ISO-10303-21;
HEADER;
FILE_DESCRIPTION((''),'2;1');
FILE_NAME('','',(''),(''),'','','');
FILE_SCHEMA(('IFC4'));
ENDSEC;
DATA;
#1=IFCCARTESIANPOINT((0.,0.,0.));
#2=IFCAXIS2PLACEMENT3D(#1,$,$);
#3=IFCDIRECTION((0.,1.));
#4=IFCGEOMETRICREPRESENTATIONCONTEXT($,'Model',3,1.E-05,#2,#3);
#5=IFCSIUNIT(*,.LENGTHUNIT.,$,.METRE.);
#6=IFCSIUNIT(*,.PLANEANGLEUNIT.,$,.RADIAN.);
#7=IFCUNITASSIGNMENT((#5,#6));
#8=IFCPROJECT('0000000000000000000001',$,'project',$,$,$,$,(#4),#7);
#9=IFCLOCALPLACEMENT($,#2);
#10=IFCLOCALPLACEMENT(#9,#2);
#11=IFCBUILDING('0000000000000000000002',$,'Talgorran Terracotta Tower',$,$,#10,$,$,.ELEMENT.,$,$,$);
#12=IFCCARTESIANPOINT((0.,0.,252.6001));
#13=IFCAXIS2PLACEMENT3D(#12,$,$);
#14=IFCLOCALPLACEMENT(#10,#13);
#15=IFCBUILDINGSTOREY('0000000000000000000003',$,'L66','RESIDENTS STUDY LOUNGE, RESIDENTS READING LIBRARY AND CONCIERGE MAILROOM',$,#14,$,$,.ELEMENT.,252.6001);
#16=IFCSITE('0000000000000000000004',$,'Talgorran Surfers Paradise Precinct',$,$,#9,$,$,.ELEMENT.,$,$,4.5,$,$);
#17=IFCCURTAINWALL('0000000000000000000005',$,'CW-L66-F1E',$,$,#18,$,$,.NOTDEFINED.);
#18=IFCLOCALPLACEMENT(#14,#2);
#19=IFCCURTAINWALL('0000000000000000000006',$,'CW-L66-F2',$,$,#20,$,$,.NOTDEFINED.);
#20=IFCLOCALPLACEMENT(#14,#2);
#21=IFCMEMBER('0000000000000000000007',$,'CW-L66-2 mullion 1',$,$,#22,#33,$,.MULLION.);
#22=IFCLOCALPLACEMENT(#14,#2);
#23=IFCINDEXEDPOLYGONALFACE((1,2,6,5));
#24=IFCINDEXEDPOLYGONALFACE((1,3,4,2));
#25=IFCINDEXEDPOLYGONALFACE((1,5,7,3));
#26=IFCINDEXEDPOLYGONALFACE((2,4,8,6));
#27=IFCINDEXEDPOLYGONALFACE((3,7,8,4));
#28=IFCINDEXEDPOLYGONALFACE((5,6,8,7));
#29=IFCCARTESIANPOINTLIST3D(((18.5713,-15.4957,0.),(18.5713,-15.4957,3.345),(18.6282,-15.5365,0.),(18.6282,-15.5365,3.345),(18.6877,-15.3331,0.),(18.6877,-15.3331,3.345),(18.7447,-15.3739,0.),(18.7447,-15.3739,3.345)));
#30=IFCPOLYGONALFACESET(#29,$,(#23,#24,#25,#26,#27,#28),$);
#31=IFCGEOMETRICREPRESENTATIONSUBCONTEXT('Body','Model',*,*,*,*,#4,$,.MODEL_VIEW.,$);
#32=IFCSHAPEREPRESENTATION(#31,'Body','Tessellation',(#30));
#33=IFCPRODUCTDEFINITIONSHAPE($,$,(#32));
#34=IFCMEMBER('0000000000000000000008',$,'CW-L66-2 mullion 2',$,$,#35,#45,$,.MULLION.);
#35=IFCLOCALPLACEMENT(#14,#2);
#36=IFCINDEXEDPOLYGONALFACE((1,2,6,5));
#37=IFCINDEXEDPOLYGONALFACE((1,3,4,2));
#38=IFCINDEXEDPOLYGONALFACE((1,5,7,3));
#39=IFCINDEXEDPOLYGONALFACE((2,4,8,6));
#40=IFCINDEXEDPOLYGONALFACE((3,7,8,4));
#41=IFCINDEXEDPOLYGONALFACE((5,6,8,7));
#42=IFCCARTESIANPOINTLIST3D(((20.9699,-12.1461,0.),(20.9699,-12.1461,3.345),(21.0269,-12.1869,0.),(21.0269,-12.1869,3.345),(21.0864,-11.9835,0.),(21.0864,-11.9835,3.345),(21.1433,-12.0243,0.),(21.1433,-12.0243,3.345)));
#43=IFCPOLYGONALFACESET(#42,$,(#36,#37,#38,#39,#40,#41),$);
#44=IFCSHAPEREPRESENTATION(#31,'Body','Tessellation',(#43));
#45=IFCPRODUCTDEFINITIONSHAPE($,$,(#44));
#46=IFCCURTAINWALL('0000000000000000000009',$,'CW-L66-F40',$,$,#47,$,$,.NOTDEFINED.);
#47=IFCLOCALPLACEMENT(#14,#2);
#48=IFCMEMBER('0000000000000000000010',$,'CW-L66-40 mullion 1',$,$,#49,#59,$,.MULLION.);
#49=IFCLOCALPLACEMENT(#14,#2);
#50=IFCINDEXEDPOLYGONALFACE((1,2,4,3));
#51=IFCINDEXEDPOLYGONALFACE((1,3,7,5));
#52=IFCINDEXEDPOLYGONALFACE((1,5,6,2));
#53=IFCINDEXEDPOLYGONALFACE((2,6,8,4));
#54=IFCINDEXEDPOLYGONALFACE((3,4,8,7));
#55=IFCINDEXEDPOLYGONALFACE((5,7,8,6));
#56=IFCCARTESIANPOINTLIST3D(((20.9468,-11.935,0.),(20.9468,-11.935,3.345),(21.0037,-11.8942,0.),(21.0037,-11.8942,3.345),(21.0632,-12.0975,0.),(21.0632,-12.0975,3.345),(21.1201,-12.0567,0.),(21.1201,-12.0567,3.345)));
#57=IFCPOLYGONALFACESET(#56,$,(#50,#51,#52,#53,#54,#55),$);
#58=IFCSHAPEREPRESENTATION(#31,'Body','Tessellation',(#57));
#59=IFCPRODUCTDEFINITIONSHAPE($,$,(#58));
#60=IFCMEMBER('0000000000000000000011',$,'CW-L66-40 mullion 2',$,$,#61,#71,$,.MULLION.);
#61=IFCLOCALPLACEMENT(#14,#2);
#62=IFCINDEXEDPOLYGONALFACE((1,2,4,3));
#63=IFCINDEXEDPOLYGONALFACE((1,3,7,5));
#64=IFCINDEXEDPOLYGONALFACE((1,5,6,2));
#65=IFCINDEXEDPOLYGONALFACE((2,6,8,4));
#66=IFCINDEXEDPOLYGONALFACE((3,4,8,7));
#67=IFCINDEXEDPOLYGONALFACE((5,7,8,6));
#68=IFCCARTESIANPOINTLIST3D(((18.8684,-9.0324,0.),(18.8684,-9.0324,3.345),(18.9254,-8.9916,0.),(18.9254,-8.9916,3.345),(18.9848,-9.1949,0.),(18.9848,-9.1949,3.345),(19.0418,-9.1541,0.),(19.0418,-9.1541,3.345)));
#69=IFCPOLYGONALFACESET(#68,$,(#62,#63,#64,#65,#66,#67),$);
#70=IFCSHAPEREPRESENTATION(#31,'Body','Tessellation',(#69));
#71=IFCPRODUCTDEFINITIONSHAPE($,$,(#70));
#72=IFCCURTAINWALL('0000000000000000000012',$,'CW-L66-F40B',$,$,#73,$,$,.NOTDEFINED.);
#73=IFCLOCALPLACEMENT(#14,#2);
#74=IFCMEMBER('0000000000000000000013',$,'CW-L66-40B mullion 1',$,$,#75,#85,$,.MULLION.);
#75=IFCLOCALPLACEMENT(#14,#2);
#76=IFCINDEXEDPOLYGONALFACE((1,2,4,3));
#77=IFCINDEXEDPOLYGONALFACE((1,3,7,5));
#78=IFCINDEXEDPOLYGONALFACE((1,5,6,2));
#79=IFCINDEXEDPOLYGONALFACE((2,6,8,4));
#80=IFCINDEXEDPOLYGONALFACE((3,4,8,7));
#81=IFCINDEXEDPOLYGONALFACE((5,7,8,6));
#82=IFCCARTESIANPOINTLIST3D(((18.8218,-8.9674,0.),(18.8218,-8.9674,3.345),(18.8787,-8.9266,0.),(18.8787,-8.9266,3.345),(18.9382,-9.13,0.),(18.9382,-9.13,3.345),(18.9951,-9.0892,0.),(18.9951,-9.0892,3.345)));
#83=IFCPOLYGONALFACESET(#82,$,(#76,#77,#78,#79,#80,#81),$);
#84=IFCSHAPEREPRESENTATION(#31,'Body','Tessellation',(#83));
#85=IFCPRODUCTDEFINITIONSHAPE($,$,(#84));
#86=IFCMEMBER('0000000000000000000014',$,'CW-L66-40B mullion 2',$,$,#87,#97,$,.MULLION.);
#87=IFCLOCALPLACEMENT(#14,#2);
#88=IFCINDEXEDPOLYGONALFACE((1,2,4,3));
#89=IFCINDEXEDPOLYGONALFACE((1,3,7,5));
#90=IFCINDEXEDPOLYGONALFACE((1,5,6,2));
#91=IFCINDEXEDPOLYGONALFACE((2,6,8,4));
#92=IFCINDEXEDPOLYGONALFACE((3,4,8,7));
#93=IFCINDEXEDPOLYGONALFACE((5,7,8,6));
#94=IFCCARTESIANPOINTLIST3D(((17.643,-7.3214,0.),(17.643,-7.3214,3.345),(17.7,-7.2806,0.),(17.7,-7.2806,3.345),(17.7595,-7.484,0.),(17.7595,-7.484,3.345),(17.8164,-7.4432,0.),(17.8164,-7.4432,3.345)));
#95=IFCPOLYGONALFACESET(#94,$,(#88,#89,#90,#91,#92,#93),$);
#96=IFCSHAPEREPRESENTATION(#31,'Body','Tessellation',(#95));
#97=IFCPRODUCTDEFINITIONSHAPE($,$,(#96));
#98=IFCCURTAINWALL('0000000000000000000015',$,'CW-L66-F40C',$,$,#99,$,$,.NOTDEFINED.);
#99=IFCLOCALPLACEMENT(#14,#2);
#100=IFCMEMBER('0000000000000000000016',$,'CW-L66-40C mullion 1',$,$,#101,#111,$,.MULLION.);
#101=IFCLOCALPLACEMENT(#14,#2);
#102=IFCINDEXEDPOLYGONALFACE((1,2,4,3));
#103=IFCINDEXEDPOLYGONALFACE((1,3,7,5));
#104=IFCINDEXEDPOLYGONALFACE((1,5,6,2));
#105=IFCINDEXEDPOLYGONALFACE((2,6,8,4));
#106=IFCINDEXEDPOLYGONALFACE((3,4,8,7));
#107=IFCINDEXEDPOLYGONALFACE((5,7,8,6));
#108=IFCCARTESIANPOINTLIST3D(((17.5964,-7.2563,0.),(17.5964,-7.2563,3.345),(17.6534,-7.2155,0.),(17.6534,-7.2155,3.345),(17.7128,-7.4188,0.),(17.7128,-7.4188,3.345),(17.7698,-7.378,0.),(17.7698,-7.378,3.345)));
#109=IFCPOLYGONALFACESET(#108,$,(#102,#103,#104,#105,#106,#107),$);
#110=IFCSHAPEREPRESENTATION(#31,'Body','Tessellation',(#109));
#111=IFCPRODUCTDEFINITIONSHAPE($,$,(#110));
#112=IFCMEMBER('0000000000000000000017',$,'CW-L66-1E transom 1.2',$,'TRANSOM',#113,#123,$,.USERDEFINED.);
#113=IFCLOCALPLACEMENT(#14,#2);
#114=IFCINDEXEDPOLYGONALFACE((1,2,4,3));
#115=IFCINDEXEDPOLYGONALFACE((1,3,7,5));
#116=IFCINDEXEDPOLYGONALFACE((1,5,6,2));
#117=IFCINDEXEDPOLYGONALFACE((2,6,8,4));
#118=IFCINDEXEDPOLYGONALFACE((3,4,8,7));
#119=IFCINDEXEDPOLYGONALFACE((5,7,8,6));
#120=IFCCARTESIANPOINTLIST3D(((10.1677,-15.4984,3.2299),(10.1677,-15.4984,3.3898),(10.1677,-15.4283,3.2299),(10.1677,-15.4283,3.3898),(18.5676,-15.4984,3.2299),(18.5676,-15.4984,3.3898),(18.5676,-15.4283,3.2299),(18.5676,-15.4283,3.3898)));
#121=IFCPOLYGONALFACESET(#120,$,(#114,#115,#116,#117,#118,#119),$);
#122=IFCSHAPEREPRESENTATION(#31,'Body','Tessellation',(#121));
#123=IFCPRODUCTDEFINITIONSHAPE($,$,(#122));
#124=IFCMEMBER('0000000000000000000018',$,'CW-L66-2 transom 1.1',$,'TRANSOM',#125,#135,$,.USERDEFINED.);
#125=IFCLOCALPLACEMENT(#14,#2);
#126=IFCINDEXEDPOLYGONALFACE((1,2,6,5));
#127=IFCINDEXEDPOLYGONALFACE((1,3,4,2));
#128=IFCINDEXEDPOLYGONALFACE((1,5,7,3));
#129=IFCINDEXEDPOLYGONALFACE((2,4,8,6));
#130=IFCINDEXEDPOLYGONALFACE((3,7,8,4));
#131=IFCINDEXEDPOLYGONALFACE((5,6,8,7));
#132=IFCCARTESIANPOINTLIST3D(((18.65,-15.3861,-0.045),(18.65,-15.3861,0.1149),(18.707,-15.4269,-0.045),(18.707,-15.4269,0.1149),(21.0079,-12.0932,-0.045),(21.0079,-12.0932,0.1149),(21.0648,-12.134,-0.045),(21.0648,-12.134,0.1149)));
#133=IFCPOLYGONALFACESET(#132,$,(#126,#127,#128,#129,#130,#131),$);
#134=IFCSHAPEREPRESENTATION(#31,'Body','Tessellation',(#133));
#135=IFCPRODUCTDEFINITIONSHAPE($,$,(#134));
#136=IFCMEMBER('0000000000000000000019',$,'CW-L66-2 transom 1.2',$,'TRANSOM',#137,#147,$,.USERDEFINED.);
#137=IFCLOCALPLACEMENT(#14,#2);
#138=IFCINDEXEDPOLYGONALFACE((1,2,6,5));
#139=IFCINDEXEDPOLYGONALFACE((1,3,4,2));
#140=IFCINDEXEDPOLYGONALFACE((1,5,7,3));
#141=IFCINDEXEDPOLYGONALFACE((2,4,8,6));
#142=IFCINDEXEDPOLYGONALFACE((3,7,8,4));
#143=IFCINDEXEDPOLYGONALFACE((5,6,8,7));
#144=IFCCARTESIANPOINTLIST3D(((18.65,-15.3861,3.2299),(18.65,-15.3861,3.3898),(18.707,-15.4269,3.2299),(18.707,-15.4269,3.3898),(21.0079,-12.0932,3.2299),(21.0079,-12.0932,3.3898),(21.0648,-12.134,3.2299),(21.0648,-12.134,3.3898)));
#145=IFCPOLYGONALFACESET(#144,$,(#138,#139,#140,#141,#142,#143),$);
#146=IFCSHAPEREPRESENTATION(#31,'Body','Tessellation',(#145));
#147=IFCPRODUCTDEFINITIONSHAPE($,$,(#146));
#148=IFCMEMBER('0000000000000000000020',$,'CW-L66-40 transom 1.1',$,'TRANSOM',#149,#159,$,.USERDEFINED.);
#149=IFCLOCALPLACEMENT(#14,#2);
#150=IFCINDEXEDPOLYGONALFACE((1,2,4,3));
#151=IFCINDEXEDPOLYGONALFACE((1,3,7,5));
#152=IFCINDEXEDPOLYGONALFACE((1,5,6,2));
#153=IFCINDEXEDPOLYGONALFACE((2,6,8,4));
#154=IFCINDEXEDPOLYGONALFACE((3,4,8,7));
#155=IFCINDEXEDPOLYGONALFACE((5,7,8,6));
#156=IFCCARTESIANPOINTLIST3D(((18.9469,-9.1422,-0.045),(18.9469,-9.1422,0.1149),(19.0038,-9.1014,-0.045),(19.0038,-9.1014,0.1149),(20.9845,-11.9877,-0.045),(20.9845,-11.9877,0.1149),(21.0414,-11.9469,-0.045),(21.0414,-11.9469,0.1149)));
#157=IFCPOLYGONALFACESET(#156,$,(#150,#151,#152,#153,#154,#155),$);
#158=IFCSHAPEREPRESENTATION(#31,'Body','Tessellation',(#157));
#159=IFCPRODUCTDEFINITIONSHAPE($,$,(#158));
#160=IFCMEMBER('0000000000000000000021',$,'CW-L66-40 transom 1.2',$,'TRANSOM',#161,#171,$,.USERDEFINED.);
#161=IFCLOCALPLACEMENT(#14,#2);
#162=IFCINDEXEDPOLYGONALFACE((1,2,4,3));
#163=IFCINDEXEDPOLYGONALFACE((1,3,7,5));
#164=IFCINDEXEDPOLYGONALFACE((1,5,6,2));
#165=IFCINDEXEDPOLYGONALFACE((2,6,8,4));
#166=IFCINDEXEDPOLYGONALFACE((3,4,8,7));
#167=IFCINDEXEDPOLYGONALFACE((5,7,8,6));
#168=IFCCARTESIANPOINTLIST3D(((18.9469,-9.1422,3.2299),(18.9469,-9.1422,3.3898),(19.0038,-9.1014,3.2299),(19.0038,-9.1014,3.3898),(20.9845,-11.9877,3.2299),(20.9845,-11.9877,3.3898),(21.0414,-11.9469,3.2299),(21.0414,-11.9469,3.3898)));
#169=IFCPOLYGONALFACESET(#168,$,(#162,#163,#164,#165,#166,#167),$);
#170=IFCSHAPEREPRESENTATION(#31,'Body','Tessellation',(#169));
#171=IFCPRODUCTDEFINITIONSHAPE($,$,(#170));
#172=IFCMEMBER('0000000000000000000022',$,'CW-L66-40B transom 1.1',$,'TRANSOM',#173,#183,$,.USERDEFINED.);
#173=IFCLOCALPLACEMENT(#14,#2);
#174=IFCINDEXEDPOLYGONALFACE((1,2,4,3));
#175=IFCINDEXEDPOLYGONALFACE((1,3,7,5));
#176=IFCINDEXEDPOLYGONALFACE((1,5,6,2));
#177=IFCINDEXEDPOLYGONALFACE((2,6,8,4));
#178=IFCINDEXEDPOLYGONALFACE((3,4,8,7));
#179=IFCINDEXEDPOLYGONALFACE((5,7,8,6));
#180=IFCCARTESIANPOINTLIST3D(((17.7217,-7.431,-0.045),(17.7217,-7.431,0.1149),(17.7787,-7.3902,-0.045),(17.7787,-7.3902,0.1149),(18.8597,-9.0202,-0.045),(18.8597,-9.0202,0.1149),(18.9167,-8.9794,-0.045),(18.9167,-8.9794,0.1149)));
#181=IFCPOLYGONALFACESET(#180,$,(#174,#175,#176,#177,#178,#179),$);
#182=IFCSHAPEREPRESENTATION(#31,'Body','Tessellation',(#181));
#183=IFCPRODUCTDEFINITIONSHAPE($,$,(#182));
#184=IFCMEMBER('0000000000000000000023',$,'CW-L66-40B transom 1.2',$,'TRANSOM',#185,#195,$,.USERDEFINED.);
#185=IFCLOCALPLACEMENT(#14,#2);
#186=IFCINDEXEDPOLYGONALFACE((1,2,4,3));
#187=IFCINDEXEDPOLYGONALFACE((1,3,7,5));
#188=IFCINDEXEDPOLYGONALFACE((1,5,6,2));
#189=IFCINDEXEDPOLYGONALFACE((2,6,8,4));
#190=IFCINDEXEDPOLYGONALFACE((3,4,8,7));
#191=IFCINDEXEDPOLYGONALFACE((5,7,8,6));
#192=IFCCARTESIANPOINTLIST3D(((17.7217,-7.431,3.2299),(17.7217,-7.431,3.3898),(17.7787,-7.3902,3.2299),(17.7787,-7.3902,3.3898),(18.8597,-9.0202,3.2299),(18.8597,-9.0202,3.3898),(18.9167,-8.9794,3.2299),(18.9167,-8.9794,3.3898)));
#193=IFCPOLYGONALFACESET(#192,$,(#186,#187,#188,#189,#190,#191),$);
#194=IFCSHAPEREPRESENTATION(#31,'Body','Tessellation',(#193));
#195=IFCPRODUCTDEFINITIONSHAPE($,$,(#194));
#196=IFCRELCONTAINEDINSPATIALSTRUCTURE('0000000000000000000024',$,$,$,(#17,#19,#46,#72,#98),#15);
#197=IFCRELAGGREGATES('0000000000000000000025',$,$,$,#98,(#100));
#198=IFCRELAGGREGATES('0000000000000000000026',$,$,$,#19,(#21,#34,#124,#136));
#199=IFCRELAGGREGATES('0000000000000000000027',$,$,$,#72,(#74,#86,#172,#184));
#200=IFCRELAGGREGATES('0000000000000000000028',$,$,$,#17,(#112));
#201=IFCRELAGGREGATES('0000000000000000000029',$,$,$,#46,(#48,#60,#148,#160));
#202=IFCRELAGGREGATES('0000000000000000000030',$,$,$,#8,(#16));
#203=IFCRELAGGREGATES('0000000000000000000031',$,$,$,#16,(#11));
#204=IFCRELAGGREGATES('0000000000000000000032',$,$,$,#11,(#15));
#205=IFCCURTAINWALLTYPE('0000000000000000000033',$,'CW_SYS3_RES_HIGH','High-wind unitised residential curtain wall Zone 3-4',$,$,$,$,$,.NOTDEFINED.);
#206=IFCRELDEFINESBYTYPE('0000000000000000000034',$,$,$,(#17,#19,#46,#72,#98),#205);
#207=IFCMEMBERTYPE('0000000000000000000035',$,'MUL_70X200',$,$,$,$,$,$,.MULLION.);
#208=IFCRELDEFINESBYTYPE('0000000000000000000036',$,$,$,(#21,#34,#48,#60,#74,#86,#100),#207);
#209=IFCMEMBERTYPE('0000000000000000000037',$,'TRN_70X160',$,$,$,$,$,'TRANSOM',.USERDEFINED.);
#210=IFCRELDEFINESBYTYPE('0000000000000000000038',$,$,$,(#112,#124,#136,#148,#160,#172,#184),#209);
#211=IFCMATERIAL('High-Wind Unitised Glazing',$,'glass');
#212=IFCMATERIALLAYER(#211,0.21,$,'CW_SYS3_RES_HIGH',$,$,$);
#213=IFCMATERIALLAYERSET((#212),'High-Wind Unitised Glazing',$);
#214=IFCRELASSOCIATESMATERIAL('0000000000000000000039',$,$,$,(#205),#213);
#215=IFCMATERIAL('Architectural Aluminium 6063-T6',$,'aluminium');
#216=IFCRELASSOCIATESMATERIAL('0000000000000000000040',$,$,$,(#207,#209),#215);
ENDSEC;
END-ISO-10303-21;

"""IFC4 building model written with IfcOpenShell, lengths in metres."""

from ifc_helpers import new_model, si_unit, direction, frame, origin, origin_2d, place, context, subcontext, project, spatial, rectangle, extrude, material, layer, layer_set, material_profile, profile_set, type_object, element, aggregate, save


model = new_model("IFC4")

# Units and contexts
model_context = context("Model", 3, precision=1e-05, world=origin(), true_north=direction((0.0, 1.0)))
body_context = subcontext(model_context, "Body", "Model", "MODEL_VIEW")
ifc_project = project(units=[si_unit("LENGTHUNIT", "METRE"), si_unit("PLANEANGLEUNIT", "RADIAN")], contexts=[model_context])

# Site, building, storey
site_placement = place(None, origin())
site = spatial("IfcSite", under=ifc_project, at=site_placement, Name="Talgorran Surfers Paradise Precinct", CompositionType="ELEMENT", RefElevation=4.5)
building_placement = place(site_placement, origin())
building = spatial("IfcBuilding", under=site, at=building_placement, Name="Talgorran Terracotta Tower", CompositionType="ELEMENT")
storey_placement = place(building_placement, frame((0.0, 0.0, 252.6001)))
storey = spatial("IfcBuildingStorey", under=building, at=storey_placement, Name="L66", Description="RESIDENTS STUDY LOUNGE, RESIDENTS READING LIBRARY AND CONCIERGE MAILROOM", CompositionType="ELEMENT", Elevation=252.6001)

# Curtain wall
ifc_material_1 = material(Name="High-Wind Unitised Glazing", Category="glass")
ifc_layer_1 = layer(ifc_material_1, 0.21, Name="CW_SYS3_RES_HIGH")
ifc_layer_set_1 = layer_set([ifc_layer_1], Name="High-Wind Unitised Glazing")
curtain_wall_type = type_object("IfcCurtainWallType", Name="CW_SYS3_RES_HIGH", Description="High-wind unitised residential curtain wall Zone 3-4", PredefinedType="NOTDEFINED", material=ifc_layer_set_1)
curtain_wall_1_placement = place(storey_placement, origin())
curtain_wall_1 = element("IfcCurtainWall", 1, at=curtain_wall_1_placement, inside=storey, type_object=curtain_wall_type, Name="CW-L66-F1E", PredefinedType="NOTDEFINED")
ifc_material_2 = material(Name="Architectural Aluminium 6063-T6", Category="aluminium")
ifc_material_profile_1 = material_profile(ifc_material_2, rectangle(XDim=0.0701, YDim=0.2, at=origin_2d()), Name="CWM70X200")
ifc_profile_set_1 = profile_set([ifc_material_profile_1], Name="Architectural Aluminium 6063-T6")
member_type_1 = type_object("IfcMemberType", Name="MUL_70X200", PredefinedType="MULLION", material=ifc_profile_set_1)

# Curtain walls, members
curtain_wall_2_placement = place(storey_placement, origin())
curtain_wall_2 = element("IfcCurtainWall", 2, at=curtain_wall_2_placement, inside=storey, type_object=curtain_wall_type, Name="CW-L66-F2", PredefinedType="NOTDEFINED")
member_1_placement = place(storey_placement, frame((18.658, -15.4348, 0.0), z_axis=(0.0, 0.0, 1.0), x_axis=(-0.813031, 0.58222, 0.0)))
member_1 = element("IfcMember", 3, at=member_1_placement, type_object=member_type_1, Name="CW-L66-2 mullion 1", PredefinedType="MULLION", context=body_context, shape_type="SweptSolid", body=[
    extrude(rectangle(XDim=0.0701, YDim=0.2, at=origin_2d()), origin(), (0.0, 0.0, 1.0), 3.345),
])
member_2_placement = place(storey_placement, frame((21.0566, -12.0852, 0.0), z_axis=(0.0, 0.0, 1.0), x_axis=(-0.813031, 0.58222, 0.0)))
member_2 = element("IfcMember", 4, at=member_2_placement, type_object=member_type_1, Name="CW-L66-2 mullion 2", PredefinedType="MULLION", context=body_context, shape_type="SweptSolid", body=[
    extrude(rectangle(XDim=0.0701, YDim=0.2, at=origin_2d()), origin(), (0.0, 0.0, 1.0), 3.345),
])
curtain_wall_3_placement = place(storey_placement, origin())
curtain_wall_3 = element("IfcCurtainWall", 5, at=curtain_wall_3_placement, inside=storey, type_object=curtain_wall_type, Name="CW-L66-F40", PredefinedType="NOTDEFINED")
member_3_placement = place(storey_placement, frame((21.0334, -11.9958, 0.0), z_axis=(0.0, 0.0, 1.0), x_axis=(-0.813042, -0.582205, 0.0)))
member_3 = element("IfcMember", 6, at=member_3_placement, type_object=member_type_1, Name="CW-L66-40 mullion 1", PredefinedType="MULLION", context=body_context, shape_type="SweptSolid", body=[
    extrude(rectangle(XDim=0.0701, YDim=0.2, at=origin_2d()), origin(), (0.0, 0.0, 1.0), 3.345),
])
member_4_placement = place(storey_placement, frame((18.9551, -9.0933, 0.0), z_axis=(0.0, 0.0, 1.0), x_axis=(-0.813042, -0.582205, 0.0)))
member_4 = element("IfcMember", 7, at=member_4_placement, type_object=member_type_1, Name="CW-L66-40 mullion 2", PredefinedType="MULLION", context=body_context, shape_type="SweptSolid", body=[
    extrude(rectangle(XDim=0.0701, YDim=0.2, at=origin_2d()), origin(), (0.0, 0.0, 1.0), 3.345),
])
curtain_wall_4_placement = place(storey_placement, origin())
curtain_wall_4 = element("IfcCurtainWall", 8, at=curtain_wall_4_placement, inside=storey, type_object=curtain_wall_type, Name="CW-L66-F40B", PredefinedType="NOTDEFINED")
member_5_placement = place(storey_placement, frame((18.9084, -9.0283, 0.0), z_axis=(0.0, 0.0, 1.0), x_axis=(-0.813023, -0.582231, 0.0)))
member_5 = element("IfcMember", 9, at=member_5_placement, type_object=member_type_1, Name="CW-L66-40B mullion 1", PredefinedType="MULLION", context=body_context, shape_type="SweptSolid", body=[
    extrude(rectangle(XDim=0.0701, YDim=0.2, at=origin_2d()), origin(), (0.0, 0.0, 1.0), 3.345),
])
member_6_placement = place(storey_placement, frame((17.7297, -7.3823, 0.0), z_axis=(0.0, 0.0, 1.0), x_axis=(-0.813023, -0.582231, 0.0)))
member_6 = element("IfcMember", 10, at=member_6_placement, type_object=member_type_1, Name="CW-L66-40B mullion 2", PredefinedType="MULLION", context=body_context, shape_type="SweptSolid", body=[
    extrude(rectangle(XDim=0.0701, YDim=0.2, at=origin_2d()), origin(), (0.0, 0.0, 1.0), 3.345),
])

# Curtain wall, member
curtain_wall_5_placement = place(storey_placement, origin())
curtain_wall_5 = element("IfcCurtainWall", 11, at=curtain_wall_5_placement, inside=storey, type_object=curtain_wall_type, Name="CW-L66-F40C", PredefinedType="NOTDEFINED")
member_7_placement = place(storey_placement, frame((17.6831, -7.3171, 0.0), z_axis=(0.0, 0.0, 1.0), x_axis=(-0.813043, -0.582203, 0.0)))
member_7 = element("IfcMember", 12, at=member_7_placement, type_object=member_type_1, Name="CW-L66-40C mullion 1", PredefinedType="MULLION", context=body_context, shape_type="SweptSolid", body=[
    extrude(rectangle(XDim=0.0701, YDim=0.2, at=origin_2d()), origin(), (0.0, 0.0, 1.0), 3.345),
])
aggregate(curtain_wall_5, [member_7])

# Members
ifc_material_profile_2 = material_profile(ifc_material_2, rectangle(XDim=0.0701, YDim=0.1599, at=origin_2d()), Name="CWT70X160")
ifc_profile_set_2 = profile_set([ifc_material_profile_2], Name="Architectural Aluminium 6063-T6")
member_type_2 = type_object("IfcMemberType", Name="TRN_70X160", ElementType="TRANSOM", PredefinedType="USERDEFINED", material=ifc_profile_set_2)
member_8_placement = place(storey_placement, frame((10.1677, -15.4634, 3.3098), z_axis=(1.0, 0.0, 0.0), x_axis=(0.0, 1.0, 0.0)))
member_8 = element("IfcMember", 13, at=member_8_placement, type_object=member_type_2, Name="CW-L66-1E transom 1.2", ObjectType="TRANSOM", PredefinedType="USERDEFINED", context=body_context, shape_type="SweptSolid", body=[
    extrude(rectangle(XDim=0.0701, YDim=0.1599, at=origin_2d()), origin(), (0.0, 0.0, 1.0), 8.3999),
])
member_9_placement = place(storey_placement, frame((18.6785, -15.4065, 0.0349), z_axis=(0.582184, 0.813057, 0.0), x_axis=(-0.813057, 0.582184, 0.0)))
member_9 = element("IfcMember", 14, at=member_9_placement, type_object=member_type_2, Name="CW-L66-2 transom 1.1", ObjectType="TRANSOM", PredefinedType="USERDEFINED", context=body_context, shape_type="SweptSolid", body=[
    extrude(rectangle(XDim=0.0701, YDim=0.1599, at=origin_2d()), origin(), (0.0, 0.0, 1.0), 4.05),
])
member_10_placement = place(storey_placement, frame((18.6785, -15.4065, 3.3098), z_axis=(0.582184, 0.813057, 0.0), x_axis=(-0.813057, 0.582184, 0.0)))
member_10 = element("IfcMember", 15, at=member_10_placement, type_object=member_type_2, Name="CW-L66-2 transom 1.2", ObjectType="TRANSOM", PredefinedType="USERDEFINED", context=body_context, shape_type="SweptSolid", body=[
    extrude(rectangle(XDim=0.0701, YDim=0.1599, at=origin_2d()), origin(), (0.0, 0.0, 1.0), 4.05),
])
member_11_placement = place(storey_placement, frame((21.0129, -11.9673, 0.0349), z_axis=(-0.582208, 0.81304, 0.0), x_axis=(-0.81304, -0.582208, 0.0)))
member_11 = element("IfcMember", 16, at=member_11_placement, type_object=member_type_2, Name="CW-L66-40 transom 1.1", ObjectType="TRANSOM", PredefinedType="USERDEFINED", context=body_context, shape_type="SweptSolid", body=[
    extrude(rectangle(XDim=0.0701, YDim=0.1599, at=origin_2d()), origin(), (0.0, 0.0, 1.0), 3.4998),
])
member_12_placement = place(storey_placement, frame((21.0129, -11.9673, 3.3098), z_axis=(-0.582208, 0.81304, 0.0), x_axis=(-0.81304, -0.582208, 0.0)))
member_12 = element("IfcMember", 17, at=member_12_placement, type_object=member_type_2, Name="CW-L66-40 transom 1.2", ObjectType="TRANSOM", PredefinedType="USERDEFINED", context=body_context, shape_type="SweptSolid", body=[
    extrude(rectangle(XDim=0.0701, YDim=0.1599, at=origin_2d()), origin(), (0.0, 0.0, 1.0), 3.4998),
])
member_13_placement = place(storey_placement, frame((18.8882, -8.9998, 0.0349), z_axis=(-0.582207, 0.813041, 0.0), x_axis=(-0.813041, -0.582207, 0.0)))
member_13 = element("IfcMember", 18, at=member_13_placement, type_object=member_type_2, Name="CW-L66-40B transom 1.1", ObjectType="TRANSOM", PredefinedType="USERDEFINED", context=body_context, shape_type="SweptSolid", body=[
    extrude(rectangle(XDim=0.0701, YDim=0.1599, at=origin_2d()), origin(), (0.0, 0.0, 1.0), 1.9546),
])
member_14_placement = place(storey_placement, frame((18.8882, -8.9998, 3.3098), z_axis=(-0.582207, 0.813041, 0.0), x_axis=(-0.813041, -0.582207, 0.0)))
member_14 = element("IfcMember", 19, at=member_14_placement, type_object=member_type_2, Name="CW-L66-40B transom 1.2", ObjectType="TRANSOM", PredefinedType="USERDEFINED", context=body_context, shape_type="SweptSolid", body=[
    extrude(rectangle(XDim=0.0701, YDim=0.1599, at=origin_2d()), origin(), (0.0, 0.0, 1.0), 1.9546),
])

aggregate(curtain_wall_2, [member_1, member_2, member_9, member_10])
aggregate(curtain_wall_4, [member_5, member_6, member_13, member_14])
aggregate(curtain_wall_1, [member_8])
aggregate(curtain_wall_3, [member_3, member_4, member_11, member_12])

save(model, "model.ifc")
